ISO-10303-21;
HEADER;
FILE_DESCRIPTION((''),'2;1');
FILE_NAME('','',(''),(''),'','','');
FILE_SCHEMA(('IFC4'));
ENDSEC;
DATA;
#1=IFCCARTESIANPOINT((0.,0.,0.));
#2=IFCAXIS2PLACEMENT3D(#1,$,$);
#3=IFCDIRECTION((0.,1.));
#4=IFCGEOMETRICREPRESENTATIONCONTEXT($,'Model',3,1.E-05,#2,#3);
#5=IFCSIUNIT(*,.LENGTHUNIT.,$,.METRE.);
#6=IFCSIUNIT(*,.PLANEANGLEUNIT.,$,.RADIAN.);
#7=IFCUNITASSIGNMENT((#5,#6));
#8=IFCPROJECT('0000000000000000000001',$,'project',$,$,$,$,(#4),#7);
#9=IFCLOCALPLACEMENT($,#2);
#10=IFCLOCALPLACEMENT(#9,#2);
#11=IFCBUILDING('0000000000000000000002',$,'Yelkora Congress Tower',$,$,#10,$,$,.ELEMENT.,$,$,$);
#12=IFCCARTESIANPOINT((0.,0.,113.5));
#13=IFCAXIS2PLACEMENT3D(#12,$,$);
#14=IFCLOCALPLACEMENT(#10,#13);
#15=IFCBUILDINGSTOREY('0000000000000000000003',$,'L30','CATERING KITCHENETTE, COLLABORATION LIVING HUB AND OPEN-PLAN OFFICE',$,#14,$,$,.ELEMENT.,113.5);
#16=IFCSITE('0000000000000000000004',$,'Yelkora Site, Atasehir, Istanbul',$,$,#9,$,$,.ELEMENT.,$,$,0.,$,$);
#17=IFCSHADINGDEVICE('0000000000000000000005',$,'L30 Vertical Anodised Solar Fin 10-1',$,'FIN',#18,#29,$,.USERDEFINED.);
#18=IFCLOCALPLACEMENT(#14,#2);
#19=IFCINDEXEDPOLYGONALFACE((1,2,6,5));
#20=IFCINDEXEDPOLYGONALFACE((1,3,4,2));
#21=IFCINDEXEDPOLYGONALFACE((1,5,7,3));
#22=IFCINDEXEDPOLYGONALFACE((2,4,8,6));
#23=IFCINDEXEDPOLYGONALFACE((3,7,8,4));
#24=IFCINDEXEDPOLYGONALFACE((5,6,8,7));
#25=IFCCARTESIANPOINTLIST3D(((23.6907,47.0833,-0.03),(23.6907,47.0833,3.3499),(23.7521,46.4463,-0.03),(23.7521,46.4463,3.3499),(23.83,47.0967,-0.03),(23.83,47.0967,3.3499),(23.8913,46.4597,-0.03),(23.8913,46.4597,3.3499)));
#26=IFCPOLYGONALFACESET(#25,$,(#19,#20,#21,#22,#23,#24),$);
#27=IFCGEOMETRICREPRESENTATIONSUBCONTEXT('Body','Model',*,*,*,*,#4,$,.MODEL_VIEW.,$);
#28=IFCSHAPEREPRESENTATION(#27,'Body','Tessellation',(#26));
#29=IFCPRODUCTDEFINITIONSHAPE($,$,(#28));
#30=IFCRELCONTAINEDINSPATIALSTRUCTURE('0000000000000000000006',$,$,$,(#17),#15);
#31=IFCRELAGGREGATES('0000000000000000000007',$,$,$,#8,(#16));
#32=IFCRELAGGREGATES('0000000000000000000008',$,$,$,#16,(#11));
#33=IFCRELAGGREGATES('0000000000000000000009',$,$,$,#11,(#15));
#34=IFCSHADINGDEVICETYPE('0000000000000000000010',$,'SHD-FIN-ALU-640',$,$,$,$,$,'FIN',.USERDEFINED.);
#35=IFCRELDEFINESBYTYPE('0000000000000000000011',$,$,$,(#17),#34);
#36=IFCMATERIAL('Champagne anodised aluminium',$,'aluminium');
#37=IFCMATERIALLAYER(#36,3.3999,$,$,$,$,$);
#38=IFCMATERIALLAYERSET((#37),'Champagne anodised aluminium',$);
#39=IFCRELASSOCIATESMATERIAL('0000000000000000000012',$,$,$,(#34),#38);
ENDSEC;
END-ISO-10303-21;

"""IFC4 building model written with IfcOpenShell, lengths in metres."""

from ifc_helpers import new_model, si_unit, direction, frame, origin, origin_2d, place, context, subcontext, project, spatial, rectangle, extrude, material, layer, layer_set, type_object, element, save


model = new_model("IFC4")

# Units and contexts
model_context = context("Model", 3, precision=1e-05, world=origin(), true_north=direction((0.0, 1.0)))
body_context = subcontext(model_context, "Body", "Model", "MODEL_VIEW")
ifc_project = project(units=[si_unit("LENGTHUNIT", "METRE"), si_unit("PLANEANGLEUNIT", "RADIAN")], contexts=[model_context])

# Site, building, storey
site_placement = place(None, origin())
site = spatial("IfcSite", under=ifc_project, at=site_placement, Name="Yelkora Site, Atasehir, Istanbul", CompositionType="ELEMENT", RefElevation=0.0)
building_placement = place(site_placement, origin())
building = spatial("IfcBuilding", under=site, at=building_placement, Name="Yelkora Congress Tower", CompositionType="ELEMENT")
storey_placement = place(building_placement, frame((0.0, 0.0, 113.5)))
storey = spatial("IfcBuildingStorey", under=building, at=storey_placement, Name="L30", Description="CATERING KITCHENETTE, COLLABORATION LIVING HUB AND OPEN-PLAN OFFICE", CompositionType="ELEMENT", Elevation=113.5)

# Shading device
ifc_material_1 = material(Name="Champagne anodised aluminium", Category="aluminium")
ifc_layer_1 = layer(ifc_material_1, 3.3999)
ifc_layer_set_1 = layer_set([ifc_layer_1], Name="Champagne anodised aluminium")
shading_device_type = type_object("IfcShadingDeviceType", Name="SHD-FIN-ALU-640", ElementType="FIN", PredefinedType="USERDEFINED", material=ifc_layer_set_1)
shading_device_placement = place(storey_placement, frame((23.791, 46.7715, -0.03), z_axis=(0.0, 0.0, 1.0), x_axis=(0.995396, 0.095846, 0.0)))
element("IfcShadingDevice", 1, at=shading_device_placement, inside=storey, type_object=shading_device_type, Name="L30 Vertical Anodised Solar Fin 10-1", ObjectType="FIN", PredefinedType="USERDEFINED", context=body_context, shape_type="SweptSolid", body=[
    extrude(rectangle(XDim=0.1399, YDim=0.6399, at=origin_2d()), origin(), (0.0, 0.0, 1.0), 3.3799),
])

save(model, "model.ifc")
